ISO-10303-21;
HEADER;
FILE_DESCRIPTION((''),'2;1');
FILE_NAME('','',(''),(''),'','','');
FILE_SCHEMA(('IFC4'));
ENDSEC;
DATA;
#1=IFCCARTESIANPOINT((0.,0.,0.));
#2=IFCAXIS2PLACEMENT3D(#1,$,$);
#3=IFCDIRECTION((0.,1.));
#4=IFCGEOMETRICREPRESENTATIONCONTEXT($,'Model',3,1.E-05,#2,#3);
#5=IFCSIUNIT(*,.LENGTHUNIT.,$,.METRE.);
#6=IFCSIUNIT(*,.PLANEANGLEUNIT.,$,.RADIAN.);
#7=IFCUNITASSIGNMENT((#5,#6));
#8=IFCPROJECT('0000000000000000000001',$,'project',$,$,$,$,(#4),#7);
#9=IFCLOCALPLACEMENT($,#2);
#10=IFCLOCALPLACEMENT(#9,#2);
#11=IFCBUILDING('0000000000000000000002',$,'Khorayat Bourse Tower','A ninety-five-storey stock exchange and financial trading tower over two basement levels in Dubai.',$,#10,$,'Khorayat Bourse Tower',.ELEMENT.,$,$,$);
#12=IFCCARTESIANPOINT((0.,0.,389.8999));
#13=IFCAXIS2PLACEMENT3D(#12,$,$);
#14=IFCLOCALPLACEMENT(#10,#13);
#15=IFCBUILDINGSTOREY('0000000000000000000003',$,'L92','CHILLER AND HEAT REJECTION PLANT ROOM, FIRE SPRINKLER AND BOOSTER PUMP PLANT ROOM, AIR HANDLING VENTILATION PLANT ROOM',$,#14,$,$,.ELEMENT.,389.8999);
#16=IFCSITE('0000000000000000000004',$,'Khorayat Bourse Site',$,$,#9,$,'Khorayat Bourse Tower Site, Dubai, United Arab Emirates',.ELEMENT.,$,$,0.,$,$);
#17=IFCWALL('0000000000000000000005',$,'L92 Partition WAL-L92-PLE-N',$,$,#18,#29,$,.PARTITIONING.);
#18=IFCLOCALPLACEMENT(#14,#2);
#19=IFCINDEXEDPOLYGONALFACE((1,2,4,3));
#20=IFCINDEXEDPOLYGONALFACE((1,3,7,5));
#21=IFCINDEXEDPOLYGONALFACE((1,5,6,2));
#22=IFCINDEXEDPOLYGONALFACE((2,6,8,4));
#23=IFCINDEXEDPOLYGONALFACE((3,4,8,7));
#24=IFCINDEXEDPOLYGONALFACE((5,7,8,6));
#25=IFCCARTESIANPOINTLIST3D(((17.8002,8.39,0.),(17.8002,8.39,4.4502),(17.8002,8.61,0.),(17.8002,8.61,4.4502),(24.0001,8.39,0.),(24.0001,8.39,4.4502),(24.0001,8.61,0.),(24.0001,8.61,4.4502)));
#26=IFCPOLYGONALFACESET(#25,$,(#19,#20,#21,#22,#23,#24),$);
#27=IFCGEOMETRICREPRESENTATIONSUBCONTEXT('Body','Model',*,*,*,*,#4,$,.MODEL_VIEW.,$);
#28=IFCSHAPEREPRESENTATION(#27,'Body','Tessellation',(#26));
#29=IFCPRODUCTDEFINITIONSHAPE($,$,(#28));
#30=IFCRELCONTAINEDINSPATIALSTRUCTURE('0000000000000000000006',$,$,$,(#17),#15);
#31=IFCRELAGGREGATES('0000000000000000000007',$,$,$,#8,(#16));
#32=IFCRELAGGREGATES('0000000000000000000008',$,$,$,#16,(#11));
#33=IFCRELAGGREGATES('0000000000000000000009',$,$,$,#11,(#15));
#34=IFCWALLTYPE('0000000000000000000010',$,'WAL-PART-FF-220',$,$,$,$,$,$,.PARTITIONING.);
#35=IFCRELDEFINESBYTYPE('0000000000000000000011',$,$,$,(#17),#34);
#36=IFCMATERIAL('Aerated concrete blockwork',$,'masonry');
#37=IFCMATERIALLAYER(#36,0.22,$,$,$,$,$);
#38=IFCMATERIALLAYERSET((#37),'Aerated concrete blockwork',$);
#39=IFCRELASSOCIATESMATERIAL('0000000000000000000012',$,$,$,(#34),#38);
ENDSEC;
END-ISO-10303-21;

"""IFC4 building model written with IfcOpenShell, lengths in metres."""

from ifc_helpers import new_model, si_unit, direction, frame, frame_2d, origin, place, context, subcontext, project, spatial, rectangle, extrude, source, transform, mapped, material, layer, layer_set, type_object, element, save


model = new_model("IFC4")

# Units and contexts
model_context = context("Model", 3, precision=1e-05, world=origin(), true_north=direction((0.0, 1.0)))
body_context = subcontext(model_context, "Body", "Model", "MODEL_VIEW")
ifc_project = project(units=[si_unit("LENGTHUNIT", "METRE"), si_unit("PLANEANGLEUNIT", "RADIAN")], contexts=[model_context])

# Site, building, storey
site_placement = place(None, origin())
site = spatial("IfcSite", under=ifc_project, at=site_placement, Name="Khorayat Bourse Site", LongName="Khorayat Bourse Tower Site, Dubai, United Arab Emirates", CompositionType="ELEMENT", RefElevation=0.0)
building_placement = place(site_placement, origin())
building = spatial("IfcBuilding", under=site, at=building_placement, Name="Khorayat Bourse Tower", Description="A ninety-five-storey stock exchange and financial trading tower over two basement levels in Dubai.", LongName="Khorayat Bourse Tower", CompositionType="ELEMENT")
storey_placement = place(building_placement, frame((0.0, 0.0, 389.8999)))
storey = spatial("IfcBuildingStorey", under=building, at=storey_placement, Name="L92", Description="CHILLER AND HEAT REJECTION PLANT ROOM, FIRE SPRINKLER AND BOOSTER PUMP PLANT ROOM, AIR HANDLING VENTILATION PLANT ROOM", CompositionType="ELEMENT", Elevation=389.8999)

# Wall
ifc_material_1 = material(Name="Aerated concrete blockwork", Category="masonry")
ifc_layer_1 = layer(ifc_material_1, 0.22)
ifc_layer_set_1 = layer_set([ifc_layer_1], Name="Aerated concrete blockwork")
wall_type_1 = type_object("IfcWallType", Name="WAL-PART-FF-220", PredefinedType="PARTITIONING", material=ifc_layer_set_1)
shared_shape_1 = source(origin(), body_context, "Body", "SweptSolid", [
    extrude(rectangle(XDim=6.2, YDim=0.22, at=frame_2d((3.1001, 0.0))), origin(), (0.0, 0.0, 1.0), 4.4502),
])
wall_1_placement = place(storey_placement, frame((17.8, 8.5, 0.0), z_axis=(0.0, 0.0, 1.0), x_axis=(1.0, 0.0, 0.0)))
element("IfcWall", 1, at=wall_1_placement, inside=storey, type_object=wall_type_1, Name="L92 Partition WAL-L92-PLE-N", PredefinedType="PARTITIONING", context=body_context, shape_type="MappedRepresentation", body=[
    mapped(shared_shape_1, transform((0.0, 0.0, 0.0), scale=1.0)),
])

save(model, "model.ifc")
